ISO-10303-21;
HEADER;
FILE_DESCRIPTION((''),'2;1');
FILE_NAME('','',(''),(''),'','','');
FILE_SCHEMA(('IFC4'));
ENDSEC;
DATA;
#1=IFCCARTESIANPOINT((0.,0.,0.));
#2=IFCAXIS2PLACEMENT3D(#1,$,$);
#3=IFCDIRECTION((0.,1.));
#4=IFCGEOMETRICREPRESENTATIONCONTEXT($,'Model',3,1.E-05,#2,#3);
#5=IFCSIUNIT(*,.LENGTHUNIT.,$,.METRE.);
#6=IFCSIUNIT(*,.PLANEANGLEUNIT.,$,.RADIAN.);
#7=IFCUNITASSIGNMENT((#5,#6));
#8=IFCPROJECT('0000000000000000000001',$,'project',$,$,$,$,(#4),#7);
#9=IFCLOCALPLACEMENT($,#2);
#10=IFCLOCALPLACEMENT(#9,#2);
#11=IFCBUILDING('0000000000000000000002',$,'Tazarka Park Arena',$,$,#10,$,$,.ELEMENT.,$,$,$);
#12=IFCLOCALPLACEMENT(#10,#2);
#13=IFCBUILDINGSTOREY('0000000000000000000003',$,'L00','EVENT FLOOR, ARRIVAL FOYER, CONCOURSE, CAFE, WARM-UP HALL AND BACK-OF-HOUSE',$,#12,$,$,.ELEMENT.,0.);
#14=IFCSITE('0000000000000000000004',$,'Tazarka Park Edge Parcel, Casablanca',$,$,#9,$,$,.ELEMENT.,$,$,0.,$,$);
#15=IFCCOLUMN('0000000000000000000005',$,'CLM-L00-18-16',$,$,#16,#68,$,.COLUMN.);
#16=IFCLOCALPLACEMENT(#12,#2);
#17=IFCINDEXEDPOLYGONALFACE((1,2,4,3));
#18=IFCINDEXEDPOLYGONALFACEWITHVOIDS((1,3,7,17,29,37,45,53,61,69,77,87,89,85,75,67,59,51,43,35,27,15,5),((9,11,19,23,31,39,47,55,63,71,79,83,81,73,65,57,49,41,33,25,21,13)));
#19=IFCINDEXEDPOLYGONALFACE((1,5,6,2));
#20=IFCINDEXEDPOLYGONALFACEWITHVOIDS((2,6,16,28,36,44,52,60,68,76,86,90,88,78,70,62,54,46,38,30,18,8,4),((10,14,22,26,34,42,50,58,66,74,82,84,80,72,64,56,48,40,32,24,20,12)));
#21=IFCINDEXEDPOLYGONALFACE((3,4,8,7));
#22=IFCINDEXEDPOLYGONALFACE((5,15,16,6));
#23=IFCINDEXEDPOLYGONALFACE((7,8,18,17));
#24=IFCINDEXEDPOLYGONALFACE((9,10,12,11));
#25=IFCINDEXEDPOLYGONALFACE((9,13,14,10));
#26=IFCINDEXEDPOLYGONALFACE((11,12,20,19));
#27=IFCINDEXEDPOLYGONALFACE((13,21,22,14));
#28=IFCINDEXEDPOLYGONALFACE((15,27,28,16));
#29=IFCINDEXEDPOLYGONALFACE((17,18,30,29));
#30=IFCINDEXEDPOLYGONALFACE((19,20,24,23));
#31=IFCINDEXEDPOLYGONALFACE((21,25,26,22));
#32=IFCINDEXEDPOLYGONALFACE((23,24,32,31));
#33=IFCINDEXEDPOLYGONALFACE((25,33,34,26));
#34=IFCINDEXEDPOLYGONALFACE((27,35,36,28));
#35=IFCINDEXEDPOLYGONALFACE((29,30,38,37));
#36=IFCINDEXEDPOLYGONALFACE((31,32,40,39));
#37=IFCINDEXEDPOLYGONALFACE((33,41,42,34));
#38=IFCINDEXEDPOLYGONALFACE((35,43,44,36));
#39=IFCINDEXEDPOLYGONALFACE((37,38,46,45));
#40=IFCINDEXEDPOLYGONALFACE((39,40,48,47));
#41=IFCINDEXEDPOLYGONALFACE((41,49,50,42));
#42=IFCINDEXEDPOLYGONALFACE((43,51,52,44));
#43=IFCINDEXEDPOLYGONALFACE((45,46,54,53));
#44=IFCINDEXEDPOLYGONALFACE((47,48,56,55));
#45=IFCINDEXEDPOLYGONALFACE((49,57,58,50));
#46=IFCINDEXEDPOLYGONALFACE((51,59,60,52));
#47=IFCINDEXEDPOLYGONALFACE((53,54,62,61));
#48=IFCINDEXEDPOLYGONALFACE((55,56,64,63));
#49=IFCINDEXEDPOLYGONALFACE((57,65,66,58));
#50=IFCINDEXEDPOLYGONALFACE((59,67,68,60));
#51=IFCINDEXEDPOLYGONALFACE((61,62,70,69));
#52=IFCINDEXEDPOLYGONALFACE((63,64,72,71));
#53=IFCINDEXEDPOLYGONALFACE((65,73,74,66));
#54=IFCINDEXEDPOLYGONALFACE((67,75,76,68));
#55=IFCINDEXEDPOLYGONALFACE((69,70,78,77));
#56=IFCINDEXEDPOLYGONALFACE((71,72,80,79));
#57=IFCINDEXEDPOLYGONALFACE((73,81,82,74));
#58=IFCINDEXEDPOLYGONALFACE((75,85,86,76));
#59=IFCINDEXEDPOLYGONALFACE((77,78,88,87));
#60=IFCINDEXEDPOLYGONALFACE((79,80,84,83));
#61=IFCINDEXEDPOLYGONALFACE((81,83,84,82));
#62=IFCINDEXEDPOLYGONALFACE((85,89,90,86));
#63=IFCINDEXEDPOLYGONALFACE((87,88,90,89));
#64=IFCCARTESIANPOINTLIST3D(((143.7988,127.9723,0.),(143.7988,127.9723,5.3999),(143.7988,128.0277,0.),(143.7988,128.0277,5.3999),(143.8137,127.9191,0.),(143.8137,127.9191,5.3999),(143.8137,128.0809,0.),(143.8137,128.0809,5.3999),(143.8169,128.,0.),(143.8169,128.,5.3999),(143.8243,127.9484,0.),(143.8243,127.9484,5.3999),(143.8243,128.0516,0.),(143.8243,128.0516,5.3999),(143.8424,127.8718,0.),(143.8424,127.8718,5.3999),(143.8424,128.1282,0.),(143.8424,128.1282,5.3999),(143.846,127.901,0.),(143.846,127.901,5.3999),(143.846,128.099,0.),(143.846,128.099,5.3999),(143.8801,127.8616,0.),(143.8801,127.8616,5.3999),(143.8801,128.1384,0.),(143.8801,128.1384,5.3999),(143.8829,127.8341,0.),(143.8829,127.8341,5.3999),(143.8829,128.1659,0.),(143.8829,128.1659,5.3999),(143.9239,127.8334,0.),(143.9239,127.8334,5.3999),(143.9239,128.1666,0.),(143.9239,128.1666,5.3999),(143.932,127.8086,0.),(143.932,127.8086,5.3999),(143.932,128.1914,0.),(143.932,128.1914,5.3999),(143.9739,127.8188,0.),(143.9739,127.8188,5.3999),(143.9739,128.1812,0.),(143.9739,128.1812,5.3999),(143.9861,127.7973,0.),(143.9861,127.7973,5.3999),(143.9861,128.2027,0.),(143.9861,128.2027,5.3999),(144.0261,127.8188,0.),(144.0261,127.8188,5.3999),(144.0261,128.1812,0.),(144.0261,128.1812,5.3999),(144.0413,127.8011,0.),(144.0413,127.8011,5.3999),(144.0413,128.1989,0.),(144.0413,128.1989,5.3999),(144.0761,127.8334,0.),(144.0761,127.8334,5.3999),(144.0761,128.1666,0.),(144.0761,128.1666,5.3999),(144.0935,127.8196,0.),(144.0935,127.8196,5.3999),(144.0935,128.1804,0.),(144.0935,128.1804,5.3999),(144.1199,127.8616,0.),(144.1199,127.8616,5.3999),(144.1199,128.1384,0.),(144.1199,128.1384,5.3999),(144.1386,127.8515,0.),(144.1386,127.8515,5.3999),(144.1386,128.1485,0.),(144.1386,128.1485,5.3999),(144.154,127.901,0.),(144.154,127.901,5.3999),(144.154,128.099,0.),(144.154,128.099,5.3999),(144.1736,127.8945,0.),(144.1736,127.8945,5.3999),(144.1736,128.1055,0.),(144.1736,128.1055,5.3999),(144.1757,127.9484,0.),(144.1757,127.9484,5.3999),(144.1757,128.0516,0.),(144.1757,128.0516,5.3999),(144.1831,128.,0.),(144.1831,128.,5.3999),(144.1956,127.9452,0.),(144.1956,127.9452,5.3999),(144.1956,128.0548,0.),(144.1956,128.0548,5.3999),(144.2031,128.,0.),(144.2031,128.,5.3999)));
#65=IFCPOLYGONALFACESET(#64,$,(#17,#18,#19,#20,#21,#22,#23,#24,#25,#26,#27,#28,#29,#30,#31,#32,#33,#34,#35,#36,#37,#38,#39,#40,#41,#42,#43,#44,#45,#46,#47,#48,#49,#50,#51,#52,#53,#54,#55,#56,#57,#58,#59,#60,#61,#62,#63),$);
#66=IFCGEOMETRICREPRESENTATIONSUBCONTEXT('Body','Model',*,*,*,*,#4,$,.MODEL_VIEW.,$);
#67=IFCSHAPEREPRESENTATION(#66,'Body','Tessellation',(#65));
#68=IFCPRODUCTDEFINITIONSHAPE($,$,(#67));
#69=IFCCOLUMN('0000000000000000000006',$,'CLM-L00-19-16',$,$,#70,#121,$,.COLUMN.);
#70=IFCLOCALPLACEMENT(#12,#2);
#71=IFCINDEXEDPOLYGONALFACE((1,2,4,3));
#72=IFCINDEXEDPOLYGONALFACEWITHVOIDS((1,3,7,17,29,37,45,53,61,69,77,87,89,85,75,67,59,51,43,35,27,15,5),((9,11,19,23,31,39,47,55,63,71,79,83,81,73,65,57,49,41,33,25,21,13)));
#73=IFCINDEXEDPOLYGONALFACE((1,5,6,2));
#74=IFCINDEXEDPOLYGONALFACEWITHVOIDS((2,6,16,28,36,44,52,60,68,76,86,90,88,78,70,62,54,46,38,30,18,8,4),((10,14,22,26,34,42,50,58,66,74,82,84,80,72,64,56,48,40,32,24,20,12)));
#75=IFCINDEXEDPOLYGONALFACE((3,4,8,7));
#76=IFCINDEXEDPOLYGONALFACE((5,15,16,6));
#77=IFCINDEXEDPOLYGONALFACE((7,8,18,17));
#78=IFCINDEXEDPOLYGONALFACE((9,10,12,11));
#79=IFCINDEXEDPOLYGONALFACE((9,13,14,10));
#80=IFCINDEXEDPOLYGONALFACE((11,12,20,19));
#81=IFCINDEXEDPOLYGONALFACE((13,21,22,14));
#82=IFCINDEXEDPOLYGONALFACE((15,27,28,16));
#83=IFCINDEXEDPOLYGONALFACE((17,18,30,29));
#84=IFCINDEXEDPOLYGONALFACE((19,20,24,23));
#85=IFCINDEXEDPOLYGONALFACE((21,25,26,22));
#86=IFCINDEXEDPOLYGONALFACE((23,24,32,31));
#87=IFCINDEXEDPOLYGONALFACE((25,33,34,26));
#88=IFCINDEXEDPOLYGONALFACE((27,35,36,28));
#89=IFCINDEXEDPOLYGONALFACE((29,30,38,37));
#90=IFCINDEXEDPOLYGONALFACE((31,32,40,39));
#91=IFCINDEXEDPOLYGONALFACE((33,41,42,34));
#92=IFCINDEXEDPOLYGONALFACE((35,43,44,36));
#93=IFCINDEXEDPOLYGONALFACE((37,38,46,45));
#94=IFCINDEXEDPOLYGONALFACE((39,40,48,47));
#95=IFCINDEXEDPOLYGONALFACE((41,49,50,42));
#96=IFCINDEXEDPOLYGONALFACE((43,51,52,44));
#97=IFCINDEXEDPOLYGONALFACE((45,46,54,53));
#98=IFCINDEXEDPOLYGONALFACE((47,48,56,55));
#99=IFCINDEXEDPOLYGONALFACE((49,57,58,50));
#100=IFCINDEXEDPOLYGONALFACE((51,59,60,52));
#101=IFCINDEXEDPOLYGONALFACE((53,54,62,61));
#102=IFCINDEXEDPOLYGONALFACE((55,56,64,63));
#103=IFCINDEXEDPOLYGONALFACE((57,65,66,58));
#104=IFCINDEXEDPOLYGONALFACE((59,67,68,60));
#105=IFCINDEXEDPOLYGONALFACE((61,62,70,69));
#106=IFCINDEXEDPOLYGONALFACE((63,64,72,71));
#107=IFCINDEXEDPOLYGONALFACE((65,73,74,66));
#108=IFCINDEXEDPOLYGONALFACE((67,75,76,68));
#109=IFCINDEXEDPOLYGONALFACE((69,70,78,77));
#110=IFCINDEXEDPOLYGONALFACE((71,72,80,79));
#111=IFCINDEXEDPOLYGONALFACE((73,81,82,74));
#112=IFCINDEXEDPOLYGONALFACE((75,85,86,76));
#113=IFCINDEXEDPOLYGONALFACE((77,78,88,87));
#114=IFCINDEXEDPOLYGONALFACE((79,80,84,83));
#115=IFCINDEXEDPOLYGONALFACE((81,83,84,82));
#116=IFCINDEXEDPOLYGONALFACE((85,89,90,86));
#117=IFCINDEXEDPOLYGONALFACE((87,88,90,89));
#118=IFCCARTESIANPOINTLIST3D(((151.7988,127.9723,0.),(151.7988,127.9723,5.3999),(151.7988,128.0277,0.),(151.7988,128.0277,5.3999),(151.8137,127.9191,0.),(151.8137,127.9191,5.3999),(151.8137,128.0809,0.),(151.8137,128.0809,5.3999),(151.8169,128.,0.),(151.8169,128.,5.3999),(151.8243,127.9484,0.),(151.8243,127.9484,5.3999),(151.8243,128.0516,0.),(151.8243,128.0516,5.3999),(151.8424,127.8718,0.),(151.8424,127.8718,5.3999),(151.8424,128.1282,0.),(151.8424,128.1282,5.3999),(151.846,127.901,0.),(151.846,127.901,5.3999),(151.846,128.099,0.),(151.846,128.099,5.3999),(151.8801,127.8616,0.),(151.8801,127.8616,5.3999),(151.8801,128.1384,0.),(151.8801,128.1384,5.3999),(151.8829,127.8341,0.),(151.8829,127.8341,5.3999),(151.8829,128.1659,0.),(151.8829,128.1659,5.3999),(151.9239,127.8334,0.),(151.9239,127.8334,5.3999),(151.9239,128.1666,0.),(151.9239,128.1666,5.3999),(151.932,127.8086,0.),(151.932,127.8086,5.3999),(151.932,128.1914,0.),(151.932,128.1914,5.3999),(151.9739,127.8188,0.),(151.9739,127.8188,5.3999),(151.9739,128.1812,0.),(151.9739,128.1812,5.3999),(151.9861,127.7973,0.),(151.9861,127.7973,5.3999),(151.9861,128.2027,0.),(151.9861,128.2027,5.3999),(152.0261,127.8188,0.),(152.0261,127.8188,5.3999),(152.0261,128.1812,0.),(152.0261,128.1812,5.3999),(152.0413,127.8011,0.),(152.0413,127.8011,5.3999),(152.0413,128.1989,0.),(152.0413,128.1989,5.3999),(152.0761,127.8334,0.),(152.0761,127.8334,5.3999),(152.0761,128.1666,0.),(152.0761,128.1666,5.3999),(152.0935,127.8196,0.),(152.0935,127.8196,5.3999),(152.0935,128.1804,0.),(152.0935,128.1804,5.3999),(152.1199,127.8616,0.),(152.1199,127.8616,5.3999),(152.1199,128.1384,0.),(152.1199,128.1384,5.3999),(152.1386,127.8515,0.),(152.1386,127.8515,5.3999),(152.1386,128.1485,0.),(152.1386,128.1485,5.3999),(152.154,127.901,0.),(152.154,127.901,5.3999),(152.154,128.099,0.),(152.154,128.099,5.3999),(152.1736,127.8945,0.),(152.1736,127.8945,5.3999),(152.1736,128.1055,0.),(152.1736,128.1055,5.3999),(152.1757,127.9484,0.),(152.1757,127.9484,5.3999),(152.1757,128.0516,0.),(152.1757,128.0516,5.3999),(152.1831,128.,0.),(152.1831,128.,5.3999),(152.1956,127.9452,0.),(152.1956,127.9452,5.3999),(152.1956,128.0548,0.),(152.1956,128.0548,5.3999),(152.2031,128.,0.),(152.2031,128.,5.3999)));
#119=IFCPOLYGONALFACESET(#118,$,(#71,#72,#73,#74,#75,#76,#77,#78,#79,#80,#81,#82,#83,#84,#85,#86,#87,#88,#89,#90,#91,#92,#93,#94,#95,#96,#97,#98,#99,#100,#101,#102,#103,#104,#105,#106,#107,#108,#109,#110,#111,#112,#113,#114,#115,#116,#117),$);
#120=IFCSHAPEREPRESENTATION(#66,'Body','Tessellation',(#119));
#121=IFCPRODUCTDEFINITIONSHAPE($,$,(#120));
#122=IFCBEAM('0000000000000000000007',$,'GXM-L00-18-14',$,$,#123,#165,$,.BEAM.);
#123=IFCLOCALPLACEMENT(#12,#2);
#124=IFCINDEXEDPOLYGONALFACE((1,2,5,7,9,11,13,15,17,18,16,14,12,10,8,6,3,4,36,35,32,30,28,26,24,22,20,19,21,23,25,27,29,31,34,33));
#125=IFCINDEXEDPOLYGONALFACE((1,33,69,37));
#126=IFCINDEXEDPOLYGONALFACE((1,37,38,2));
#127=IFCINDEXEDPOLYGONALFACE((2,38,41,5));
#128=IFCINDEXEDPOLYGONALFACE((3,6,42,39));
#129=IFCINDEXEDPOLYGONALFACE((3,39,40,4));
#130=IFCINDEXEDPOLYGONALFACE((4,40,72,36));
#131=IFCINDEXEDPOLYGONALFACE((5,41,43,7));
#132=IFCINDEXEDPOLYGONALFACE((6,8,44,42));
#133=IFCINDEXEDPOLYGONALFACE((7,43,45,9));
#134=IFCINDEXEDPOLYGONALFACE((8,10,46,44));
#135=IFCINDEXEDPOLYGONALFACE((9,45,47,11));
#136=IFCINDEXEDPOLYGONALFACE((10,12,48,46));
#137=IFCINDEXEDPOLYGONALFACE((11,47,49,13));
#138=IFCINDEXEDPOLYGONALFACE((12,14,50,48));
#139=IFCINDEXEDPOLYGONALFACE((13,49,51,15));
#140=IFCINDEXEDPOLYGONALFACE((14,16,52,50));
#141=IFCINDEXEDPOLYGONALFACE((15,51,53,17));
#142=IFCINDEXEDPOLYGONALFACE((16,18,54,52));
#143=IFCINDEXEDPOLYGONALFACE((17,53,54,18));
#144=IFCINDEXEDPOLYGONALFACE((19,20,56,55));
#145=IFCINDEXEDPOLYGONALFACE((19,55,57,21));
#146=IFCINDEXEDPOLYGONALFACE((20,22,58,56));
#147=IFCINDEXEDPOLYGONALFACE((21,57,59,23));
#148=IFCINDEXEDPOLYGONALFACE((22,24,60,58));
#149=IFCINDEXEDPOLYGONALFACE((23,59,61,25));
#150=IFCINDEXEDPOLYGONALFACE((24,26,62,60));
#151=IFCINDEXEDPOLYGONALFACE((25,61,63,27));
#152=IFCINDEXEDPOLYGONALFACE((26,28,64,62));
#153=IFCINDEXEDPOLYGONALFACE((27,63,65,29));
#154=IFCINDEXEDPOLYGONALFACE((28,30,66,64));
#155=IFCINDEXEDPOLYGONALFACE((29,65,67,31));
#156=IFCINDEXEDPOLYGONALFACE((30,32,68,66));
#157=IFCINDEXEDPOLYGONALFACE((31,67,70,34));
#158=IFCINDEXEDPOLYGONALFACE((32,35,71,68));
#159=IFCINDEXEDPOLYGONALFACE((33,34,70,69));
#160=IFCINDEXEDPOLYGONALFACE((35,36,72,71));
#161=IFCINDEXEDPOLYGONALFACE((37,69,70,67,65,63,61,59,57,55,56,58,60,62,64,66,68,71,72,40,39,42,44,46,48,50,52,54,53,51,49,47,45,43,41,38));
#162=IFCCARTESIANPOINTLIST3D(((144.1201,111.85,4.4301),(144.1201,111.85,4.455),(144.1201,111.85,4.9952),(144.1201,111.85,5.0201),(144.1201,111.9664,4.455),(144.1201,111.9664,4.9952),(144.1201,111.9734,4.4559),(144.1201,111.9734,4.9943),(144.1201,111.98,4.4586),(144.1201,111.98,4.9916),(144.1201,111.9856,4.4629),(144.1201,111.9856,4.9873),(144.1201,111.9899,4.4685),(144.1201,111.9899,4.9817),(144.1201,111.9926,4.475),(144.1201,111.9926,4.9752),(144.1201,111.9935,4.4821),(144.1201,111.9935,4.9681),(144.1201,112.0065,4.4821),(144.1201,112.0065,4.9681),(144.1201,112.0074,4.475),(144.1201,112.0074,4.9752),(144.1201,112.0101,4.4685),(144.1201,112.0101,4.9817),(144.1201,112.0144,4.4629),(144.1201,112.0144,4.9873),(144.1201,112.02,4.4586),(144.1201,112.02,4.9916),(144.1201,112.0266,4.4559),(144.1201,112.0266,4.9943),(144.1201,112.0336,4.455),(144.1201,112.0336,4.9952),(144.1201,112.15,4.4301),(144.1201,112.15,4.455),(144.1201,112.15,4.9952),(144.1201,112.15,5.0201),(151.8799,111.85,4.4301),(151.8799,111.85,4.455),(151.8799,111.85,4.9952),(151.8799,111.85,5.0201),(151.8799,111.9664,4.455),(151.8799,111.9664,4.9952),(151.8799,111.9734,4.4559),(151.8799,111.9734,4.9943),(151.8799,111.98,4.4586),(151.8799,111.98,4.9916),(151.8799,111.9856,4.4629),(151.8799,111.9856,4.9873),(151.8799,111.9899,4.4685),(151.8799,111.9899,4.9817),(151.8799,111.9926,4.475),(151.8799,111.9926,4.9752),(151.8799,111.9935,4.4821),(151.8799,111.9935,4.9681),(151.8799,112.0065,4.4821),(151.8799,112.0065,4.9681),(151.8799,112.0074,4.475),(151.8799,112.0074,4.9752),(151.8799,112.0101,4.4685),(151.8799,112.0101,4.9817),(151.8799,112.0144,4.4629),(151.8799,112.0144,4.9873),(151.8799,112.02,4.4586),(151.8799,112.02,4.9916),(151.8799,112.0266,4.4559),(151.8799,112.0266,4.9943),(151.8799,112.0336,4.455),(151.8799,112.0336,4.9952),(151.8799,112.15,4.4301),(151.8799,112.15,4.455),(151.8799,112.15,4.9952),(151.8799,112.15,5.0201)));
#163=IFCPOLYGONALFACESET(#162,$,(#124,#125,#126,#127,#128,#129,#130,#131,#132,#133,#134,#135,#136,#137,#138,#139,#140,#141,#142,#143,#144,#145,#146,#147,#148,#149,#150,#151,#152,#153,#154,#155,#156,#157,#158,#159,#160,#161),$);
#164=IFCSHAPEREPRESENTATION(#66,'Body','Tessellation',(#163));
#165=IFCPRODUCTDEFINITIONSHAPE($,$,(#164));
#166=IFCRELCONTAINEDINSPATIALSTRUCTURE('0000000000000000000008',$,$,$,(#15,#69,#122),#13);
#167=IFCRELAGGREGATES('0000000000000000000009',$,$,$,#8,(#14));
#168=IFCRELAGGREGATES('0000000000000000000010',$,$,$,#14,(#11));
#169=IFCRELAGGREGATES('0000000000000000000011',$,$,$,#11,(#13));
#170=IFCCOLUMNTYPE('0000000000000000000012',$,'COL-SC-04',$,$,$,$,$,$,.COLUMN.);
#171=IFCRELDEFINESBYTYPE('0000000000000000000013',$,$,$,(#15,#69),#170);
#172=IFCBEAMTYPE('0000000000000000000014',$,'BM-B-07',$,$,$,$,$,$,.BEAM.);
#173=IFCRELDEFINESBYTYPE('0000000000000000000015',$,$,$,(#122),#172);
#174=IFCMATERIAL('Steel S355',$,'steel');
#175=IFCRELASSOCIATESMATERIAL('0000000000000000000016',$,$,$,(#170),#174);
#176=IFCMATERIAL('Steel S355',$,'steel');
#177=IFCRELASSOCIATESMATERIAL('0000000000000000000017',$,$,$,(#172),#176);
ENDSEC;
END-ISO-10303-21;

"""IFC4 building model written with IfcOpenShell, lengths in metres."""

from ifc_helpers import new_model, si_unit, direction, frame, origin, origin_2d, place, context, subcontext, project, spatial, hollow_circle, i_section, extrude, material, material_profile, profile_set, type_object, element, save


model = new_model("IFC4")

# Units and contexts
model_context = context("Model", 3, precision=1e-05, world=origin(), true_north=direction((0.0, 1.0)))
body_context = subcontext(model_context, "Body", "Model", "MODEL_VIEW")
ifc_project = project(units=[si_unit("LENGTHUNIT", "METRE"), si_unit("PLANEANGLEUNIT", "RADIAN")], contexts=[model_context])

# Site, building, storey
site_placement = place(None, origin())
site = spatial("IfcSite", under=ifc_project, at=site_placement, Name="Tazarka Park Edge Parcel, Casablanca", CompositionType="ELEMENT", RefElevation=0.0)
building_placement = place(site_placement, origin())
building = spatial("IfcBuilding", under=site, at=building_placement, Name="Tazarka Park Arena", CompositionType="ELEMENT")
storey_placement = place(building_placement, origin())
storey = spatial("IfcBuildingStorey", under=building, at=storey_placement, Name="L00", Description="EVENT FLOOR, ARRIVAL FOYER, CONCOURSE, CAFE, WARM-UP HALL AND BACK-OF-HOUSE", CompositionType="ELEMENT", Elevation=0.0)

# Columns
ifc_material_1 = material(Name="Steel S355", Category="steel")
ifc_material_profile_1 = material_profile(ifc_material_1, hollow_circle(Radius=0.2031, WallThickness=0.02, at=origin_2d()), Name="Steel S355")
ifc_profile_set_1 = profile_set([ifc_material_profile_1], Name="Steel S355")
column_type_1 = type_object("IfcColumnType", Name="COL-SC-04", PredefinedType="COLUMN", material=ifc_profile_set_1)
for number, where, z_axis, x_axis, name in (
    (1, (144.0, 128.0, 0.0), (0.0, 0.0, 1.0), (1.0, 0.0, 0.0), "CLM-L00-18-16"),
    (2, (152.0, 128.0, 0.0), (0.0, 0.0, 1.0), (1.0, 0.0, 0.0), "CLM-L00-19-16"),
):
    element("IfcColumn", number, at=place(storey_placement, frame(where, z_axis=z_axis, x_axis=x_axis)), inside=storey, type_object=column_type_1, Name=name, PredefinedType="COLUMN", context=body_context, shape_type="SweptSolid", body=[
        extrude(hollow_circle(Radius=0.2031, WallThickness=0.02, at=origin_2d()), origin(), (0.0, 0.0, 1.0), 5.3999),
    ])

# Beam
ifc_material_2 = material(Name="Steel S355", Category="steel")
ifc_material_profile_2 = material_profile(ifc_material_2, i_section(OverallWidth=0.3, OverallDepth=0.5901, WebThickness=0.0129, FlangeThickness=0.0249, FilletRadius=0.0271, at=origin_2d()), Name="Steel S355")
ifc_profile_set_2 = profile_set([ifc_material_profile_2], Name="Steel S355")
beam_type_1 = type_object("IfcBeamType", Name="BM-B-07", PredefinedType="BEAM", material=ifc_profile_set_2)
for number, where, z_axis, x_axis, name in (
    (3, (144.1201, 112.0, 4.7251), (1.0, 0.0, 0.0), (0.0, 1.0, 0.0), "GXM-L00-18-14"),
):
    element("IfcBeam", number, at=place(storey_placement, frame(where, z_axis=z_axis, x_axis=x_axis)), inside=storey, type_object=beam_type_1, Name=name, PredefinedType="BEAM", context=body_context, shape_type="SweptSolid", body=[
        extrude(i_section(OverallWidth=0.3, OverallDepth=0.5901, WebThickness=0.0129, FlangeThickness=0.0249, FilletRadius=0.0271, at=origin_2d()), origin(), (0.0, 0.0, 1.0), 7.7598),
    ])

save(model, "model.ifc")
